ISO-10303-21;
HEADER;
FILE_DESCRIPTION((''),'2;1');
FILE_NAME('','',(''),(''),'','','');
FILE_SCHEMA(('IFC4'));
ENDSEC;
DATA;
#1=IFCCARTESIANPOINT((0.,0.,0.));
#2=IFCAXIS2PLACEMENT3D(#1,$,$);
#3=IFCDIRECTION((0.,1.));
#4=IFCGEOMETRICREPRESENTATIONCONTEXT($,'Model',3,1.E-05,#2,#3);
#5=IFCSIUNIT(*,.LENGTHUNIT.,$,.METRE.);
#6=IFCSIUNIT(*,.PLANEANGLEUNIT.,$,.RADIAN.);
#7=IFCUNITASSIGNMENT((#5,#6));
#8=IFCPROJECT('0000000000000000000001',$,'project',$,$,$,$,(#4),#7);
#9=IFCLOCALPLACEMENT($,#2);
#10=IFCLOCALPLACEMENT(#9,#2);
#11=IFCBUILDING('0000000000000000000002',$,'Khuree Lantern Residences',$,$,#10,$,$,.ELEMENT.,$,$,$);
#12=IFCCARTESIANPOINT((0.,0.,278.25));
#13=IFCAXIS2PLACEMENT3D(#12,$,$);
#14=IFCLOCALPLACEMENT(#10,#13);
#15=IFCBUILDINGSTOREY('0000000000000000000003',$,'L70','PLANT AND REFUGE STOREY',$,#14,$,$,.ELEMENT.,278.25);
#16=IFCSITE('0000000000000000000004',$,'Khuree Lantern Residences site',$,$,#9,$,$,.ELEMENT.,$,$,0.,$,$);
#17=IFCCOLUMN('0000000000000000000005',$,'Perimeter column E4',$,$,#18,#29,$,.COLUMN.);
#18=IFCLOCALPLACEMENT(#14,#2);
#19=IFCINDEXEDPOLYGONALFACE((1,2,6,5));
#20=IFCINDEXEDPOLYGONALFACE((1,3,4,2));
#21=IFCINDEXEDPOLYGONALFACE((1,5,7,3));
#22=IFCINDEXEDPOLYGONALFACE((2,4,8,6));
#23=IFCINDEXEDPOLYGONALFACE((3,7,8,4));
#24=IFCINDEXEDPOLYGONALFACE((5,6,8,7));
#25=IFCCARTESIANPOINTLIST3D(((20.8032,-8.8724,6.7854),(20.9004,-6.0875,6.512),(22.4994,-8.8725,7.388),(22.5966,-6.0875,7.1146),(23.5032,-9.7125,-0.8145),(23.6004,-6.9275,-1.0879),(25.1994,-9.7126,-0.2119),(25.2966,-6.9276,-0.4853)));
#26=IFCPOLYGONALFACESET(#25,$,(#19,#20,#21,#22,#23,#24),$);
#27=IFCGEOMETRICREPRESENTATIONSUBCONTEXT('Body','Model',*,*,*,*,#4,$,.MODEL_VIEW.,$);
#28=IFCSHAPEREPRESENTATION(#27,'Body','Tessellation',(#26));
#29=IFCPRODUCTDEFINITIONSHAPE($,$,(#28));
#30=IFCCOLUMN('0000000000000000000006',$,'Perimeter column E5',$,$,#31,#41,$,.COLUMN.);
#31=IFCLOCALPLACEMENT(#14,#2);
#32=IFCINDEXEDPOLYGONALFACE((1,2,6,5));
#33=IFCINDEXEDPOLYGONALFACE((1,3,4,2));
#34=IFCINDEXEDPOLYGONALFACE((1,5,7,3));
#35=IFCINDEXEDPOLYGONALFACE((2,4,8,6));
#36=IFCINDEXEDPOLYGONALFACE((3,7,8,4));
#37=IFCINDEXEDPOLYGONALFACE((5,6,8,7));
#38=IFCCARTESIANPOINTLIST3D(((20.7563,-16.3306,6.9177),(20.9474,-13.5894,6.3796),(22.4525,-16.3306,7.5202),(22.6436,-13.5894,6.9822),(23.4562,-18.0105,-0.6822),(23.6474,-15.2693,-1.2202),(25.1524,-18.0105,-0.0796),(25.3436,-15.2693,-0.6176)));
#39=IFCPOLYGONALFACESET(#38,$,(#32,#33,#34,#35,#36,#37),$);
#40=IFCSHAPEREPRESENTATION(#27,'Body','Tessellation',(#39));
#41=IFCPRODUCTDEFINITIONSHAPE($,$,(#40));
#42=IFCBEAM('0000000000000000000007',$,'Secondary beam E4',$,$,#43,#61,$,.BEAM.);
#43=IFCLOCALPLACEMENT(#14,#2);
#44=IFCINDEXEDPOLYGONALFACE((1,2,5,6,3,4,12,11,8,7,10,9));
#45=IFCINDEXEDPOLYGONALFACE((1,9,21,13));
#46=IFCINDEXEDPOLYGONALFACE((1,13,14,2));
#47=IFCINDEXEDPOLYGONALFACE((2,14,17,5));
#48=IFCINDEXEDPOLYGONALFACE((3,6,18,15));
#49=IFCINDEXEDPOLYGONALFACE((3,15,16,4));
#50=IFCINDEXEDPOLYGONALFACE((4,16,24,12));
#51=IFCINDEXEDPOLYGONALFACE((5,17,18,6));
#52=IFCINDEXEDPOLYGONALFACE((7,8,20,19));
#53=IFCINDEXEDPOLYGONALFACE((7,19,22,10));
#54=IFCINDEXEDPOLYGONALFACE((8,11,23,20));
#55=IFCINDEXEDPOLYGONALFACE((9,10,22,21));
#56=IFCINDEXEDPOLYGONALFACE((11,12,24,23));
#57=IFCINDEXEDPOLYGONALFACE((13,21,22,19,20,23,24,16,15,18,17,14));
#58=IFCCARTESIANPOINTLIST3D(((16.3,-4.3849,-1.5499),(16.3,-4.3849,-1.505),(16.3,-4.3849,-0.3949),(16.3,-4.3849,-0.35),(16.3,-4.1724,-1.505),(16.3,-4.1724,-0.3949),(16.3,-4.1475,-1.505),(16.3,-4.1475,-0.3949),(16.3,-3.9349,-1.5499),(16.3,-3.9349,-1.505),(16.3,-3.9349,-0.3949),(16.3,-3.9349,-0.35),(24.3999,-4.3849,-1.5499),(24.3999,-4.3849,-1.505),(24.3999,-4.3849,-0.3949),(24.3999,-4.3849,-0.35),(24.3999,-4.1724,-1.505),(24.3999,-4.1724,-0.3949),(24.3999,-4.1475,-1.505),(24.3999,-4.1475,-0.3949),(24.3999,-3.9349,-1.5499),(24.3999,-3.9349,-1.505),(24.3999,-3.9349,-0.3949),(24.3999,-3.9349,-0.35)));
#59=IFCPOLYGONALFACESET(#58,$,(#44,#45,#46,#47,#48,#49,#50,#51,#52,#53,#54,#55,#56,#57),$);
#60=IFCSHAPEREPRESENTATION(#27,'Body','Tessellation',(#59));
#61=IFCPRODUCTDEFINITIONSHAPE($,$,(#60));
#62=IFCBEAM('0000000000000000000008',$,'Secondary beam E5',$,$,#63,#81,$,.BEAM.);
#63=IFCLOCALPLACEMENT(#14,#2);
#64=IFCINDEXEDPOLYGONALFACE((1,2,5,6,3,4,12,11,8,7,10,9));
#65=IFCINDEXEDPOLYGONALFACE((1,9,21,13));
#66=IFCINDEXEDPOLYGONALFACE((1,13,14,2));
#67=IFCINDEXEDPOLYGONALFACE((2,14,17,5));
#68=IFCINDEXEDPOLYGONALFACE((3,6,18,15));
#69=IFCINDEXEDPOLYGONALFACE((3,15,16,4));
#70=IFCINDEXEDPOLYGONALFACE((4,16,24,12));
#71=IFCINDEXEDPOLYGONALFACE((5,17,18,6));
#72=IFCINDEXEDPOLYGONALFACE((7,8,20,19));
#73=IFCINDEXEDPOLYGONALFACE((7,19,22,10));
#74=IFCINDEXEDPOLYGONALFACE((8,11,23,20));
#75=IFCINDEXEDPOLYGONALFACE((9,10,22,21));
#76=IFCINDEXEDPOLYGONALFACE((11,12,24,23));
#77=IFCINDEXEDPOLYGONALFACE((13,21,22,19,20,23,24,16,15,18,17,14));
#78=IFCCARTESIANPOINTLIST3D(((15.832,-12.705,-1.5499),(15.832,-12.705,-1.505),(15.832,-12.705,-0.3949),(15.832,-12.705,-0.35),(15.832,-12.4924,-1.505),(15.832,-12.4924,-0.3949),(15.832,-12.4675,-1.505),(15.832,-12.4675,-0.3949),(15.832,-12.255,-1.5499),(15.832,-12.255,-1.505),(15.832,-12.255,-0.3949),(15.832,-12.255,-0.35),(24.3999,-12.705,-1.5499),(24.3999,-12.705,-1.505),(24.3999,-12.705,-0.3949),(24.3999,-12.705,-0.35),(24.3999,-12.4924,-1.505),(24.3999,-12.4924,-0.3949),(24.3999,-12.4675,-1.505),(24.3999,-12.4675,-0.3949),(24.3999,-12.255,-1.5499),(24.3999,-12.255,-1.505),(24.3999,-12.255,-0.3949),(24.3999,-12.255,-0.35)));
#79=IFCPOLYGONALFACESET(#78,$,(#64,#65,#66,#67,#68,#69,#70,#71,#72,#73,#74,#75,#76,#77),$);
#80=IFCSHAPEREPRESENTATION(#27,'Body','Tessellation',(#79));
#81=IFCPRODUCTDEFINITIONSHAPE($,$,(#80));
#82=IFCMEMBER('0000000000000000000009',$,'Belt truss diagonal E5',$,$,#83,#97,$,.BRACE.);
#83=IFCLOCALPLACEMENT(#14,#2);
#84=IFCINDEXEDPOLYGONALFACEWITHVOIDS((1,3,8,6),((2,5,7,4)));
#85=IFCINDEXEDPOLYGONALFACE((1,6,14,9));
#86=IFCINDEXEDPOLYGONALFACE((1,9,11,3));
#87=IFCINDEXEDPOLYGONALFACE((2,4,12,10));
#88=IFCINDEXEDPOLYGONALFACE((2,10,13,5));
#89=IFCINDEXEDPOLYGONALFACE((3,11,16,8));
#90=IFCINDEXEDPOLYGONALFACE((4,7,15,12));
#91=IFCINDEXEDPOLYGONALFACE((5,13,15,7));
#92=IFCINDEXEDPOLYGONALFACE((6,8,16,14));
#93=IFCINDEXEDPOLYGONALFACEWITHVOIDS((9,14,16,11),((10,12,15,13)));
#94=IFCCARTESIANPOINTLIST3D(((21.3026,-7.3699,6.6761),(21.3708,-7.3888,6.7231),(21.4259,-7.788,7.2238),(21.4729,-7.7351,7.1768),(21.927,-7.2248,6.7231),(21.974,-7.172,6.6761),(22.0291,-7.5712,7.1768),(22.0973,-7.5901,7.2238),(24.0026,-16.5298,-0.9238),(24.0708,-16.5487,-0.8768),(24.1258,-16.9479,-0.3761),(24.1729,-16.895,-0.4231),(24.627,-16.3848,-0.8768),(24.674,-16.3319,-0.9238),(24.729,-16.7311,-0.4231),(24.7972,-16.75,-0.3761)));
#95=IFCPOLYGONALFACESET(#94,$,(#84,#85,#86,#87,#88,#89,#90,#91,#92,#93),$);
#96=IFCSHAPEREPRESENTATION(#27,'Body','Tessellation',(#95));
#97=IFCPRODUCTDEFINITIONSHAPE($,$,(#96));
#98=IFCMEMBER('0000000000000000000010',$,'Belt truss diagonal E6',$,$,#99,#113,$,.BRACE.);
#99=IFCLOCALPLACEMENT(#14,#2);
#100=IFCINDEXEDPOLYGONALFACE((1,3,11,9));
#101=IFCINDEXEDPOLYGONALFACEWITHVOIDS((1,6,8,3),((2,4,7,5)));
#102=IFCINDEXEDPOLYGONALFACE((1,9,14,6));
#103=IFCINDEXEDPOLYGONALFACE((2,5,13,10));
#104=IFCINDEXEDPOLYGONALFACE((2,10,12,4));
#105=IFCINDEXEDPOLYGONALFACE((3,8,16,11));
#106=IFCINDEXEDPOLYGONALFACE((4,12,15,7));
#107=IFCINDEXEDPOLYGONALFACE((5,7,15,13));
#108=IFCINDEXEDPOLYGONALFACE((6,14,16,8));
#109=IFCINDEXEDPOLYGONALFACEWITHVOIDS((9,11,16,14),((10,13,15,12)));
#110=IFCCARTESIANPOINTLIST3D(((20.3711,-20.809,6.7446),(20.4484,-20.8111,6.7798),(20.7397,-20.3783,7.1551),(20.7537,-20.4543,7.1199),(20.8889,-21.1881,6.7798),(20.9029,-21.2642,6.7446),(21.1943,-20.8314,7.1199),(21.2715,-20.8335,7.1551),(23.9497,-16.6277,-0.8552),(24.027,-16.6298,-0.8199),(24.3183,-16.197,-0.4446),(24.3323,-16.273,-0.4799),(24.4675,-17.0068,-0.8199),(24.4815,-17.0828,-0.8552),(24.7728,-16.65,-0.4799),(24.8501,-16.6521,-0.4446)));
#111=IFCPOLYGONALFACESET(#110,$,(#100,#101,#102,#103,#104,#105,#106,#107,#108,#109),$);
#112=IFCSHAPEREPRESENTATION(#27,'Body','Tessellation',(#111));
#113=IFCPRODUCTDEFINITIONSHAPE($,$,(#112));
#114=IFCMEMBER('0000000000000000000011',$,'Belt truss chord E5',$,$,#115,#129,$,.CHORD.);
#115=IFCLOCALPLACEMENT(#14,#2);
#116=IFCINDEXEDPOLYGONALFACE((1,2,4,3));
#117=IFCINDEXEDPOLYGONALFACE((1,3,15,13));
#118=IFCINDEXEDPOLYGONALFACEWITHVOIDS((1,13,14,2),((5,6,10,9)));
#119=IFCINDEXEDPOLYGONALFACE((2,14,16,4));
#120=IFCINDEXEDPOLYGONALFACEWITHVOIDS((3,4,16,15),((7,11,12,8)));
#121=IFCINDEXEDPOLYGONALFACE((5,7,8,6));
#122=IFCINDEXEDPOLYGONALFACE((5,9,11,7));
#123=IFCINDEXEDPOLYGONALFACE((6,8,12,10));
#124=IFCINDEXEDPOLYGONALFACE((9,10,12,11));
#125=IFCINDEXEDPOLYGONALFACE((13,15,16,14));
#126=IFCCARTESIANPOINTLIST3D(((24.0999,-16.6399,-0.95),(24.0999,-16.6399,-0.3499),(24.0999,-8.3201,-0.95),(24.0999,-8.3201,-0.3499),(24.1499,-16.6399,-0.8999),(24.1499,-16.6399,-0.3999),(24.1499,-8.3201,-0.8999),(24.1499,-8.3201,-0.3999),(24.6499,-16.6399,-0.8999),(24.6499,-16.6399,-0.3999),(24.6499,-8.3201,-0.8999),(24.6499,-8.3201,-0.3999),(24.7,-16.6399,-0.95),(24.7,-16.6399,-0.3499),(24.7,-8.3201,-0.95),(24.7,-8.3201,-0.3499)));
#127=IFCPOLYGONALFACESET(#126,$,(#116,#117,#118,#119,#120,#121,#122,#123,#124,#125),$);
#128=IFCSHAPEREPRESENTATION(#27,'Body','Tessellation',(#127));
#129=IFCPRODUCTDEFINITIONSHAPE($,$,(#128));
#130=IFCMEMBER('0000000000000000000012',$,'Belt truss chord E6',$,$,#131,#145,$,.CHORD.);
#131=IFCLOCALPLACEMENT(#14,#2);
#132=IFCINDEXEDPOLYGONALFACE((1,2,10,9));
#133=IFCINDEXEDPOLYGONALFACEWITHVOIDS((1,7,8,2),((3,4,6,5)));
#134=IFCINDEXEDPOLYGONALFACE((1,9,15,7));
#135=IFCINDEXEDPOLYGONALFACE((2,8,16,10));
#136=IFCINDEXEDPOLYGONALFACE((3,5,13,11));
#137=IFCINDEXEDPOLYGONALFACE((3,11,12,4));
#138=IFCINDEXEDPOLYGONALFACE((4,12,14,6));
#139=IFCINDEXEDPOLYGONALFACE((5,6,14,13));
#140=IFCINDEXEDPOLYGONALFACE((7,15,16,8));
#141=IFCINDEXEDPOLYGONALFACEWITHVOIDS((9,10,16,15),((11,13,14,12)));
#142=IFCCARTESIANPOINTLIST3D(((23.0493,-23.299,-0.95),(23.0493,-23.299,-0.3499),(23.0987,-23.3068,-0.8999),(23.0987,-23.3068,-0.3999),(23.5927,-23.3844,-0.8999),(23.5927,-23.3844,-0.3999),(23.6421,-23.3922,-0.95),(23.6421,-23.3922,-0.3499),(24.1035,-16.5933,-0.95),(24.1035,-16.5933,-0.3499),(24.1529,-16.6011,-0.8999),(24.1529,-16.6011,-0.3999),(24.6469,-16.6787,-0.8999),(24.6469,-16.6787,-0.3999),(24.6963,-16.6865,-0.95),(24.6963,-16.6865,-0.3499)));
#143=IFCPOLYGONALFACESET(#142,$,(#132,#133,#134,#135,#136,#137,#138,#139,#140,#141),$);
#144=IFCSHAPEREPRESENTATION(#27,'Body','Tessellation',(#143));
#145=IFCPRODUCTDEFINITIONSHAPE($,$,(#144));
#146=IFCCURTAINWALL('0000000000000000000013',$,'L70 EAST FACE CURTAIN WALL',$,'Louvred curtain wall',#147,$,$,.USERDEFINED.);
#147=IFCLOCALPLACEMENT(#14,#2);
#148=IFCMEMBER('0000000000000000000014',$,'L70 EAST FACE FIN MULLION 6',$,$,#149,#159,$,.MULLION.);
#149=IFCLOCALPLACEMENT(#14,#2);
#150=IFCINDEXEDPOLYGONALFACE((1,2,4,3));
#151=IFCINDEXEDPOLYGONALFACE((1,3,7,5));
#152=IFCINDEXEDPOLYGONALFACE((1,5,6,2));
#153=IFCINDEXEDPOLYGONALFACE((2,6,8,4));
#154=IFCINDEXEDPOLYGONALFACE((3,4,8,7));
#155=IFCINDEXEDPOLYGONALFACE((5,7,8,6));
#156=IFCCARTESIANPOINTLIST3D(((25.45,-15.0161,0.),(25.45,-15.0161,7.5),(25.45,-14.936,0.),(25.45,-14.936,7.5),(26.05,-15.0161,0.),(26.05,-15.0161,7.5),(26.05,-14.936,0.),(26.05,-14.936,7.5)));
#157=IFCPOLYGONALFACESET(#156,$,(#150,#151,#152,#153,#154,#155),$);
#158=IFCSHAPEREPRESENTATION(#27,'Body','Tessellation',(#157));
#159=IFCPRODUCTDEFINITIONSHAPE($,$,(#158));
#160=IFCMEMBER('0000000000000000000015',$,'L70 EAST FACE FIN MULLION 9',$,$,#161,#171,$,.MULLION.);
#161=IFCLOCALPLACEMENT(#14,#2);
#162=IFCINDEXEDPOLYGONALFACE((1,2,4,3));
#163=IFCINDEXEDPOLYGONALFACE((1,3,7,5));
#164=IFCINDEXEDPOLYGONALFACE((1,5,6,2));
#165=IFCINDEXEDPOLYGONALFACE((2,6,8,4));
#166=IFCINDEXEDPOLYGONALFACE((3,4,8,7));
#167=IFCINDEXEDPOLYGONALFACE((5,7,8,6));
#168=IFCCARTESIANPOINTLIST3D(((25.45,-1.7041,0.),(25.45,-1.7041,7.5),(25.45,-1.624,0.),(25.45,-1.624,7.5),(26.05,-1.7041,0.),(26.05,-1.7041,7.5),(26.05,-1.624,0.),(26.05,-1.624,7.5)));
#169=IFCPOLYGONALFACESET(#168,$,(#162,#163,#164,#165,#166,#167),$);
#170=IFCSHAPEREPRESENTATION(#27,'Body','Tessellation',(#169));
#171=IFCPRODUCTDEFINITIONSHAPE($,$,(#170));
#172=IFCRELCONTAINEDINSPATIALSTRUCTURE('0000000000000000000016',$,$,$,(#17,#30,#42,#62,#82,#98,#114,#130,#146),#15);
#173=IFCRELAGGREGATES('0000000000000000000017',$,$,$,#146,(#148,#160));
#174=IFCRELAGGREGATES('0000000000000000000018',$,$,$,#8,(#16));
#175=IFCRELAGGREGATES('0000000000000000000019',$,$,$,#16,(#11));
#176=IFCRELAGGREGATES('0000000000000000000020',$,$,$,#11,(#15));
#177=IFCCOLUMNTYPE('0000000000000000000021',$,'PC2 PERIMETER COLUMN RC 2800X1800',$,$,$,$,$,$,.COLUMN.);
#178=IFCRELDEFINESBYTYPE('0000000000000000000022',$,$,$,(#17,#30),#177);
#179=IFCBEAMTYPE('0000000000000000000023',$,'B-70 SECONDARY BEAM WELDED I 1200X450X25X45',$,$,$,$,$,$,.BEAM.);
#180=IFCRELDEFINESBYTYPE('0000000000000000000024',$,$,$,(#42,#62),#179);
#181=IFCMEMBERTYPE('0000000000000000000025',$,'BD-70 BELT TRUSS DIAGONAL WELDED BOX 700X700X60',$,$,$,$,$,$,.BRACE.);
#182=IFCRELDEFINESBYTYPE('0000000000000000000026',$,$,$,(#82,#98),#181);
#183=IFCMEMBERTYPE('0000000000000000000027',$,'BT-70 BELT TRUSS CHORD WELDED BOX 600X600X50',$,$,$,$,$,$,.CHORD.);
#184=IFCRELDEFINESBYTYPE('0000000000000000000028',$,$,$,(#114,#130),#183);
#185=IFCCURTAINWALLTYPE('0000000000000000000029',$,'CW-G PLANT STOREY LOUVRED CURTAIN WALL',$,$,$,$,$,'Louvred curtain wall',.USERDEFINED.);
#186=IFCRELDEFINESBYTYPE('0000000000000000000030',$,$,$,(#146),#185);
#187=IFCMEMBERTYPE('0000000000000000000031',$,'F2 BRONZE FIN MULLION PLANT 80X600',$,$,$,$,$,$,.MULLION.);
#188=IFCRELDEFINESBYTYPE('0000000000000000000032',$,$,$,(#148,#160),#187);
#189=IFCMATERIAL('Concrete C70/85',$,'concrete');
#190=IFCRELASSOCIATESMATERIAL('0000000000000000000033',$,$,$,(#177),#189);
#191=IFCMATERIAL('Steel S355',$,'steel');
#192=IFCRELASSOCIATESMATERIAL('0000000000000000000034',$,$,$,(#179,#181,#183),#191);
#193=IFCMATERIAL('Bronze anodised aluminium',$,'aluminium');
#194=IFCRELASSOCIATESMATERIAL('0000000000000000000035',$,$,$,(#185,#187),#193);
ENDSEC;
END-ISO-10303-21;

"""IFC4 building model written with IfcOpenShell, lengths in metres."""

from ifc_helpers import new_model, si_unit, direction, frame, origin, origin_2d, place, context, subcontext, project, spatial, rectangle, hollow_rectangle, i_section, extrude, material, material_profile, profile_set, type_object, element, aggregate, save


model = new_model("IFC4")

# Units and contexts
model_context = context("Model", 3, precision=1e-05, world=origin(), true_north=direction((0.0, 1.0)))
body_context = subcontext(model_context, "Body", "Model", "MODEL_VIEW")
ifc_project = project(units=[si_unit("LENGTHUNIT", "METRE"), si_unit("PLANEANGLEUNIT", "RADIAN")], contexts=[model_context])

# Site, building, storey
site_placement = place(None, origin())
site = spatial("IfcSite", under=ifc_project, at=site_placement, Name="Khuree Lantern Residences site", CompositionType="ELEMENT", RefElevation=0.0)
building_placement = place(site_placement, origin())
building = spatial("IfcBuilding", under=site, at=building_placement, Name="Khuree Lantern Residences", CompositionType="ELEMENT")
storey_placement = place(building_placement, frame((0.0, 0.0, 278.25)))
storey = spatial("IfcBuildingStorey", under=building, at=storey_placement, Name="L70", Description="PLANT AND REFUGE STOREY", CompositionType="ELEMENT", Elevation=278.25)

# Columns
ifc_material_1 = material(Name="Concrete C70/85", Category="concrete")
ifc_material_profile_1 = material_profile(ifc_material_1, rectangle(XDim=2.8, YDim=1.8, at=origin_2d()), Name="RC 2800X1800")
ifc_profile_set_1 = profile_set([ifc_material_profile_1], Name="Concrete C70/85")
column_type = type_object("IfcColumnType", Name="PC2 PERIMETER COLUMN RC 2800X1800", PredefinedType="COLUMN", material=ifc_profile_set_1)
column_1_placement = place(storey_placement, frame((24.3999, -8.3201, -0.6499), z_axis=(-0.332964, 0.103602, 0.937231), x_axis=(0.034713, 0.994619, -0.097613)))
element("IfcColumn", 1, at=column_1_placement, inside=storey, type_object=column_type, Name="Perimeter column E4", PredefinedType="COLUMN", context=body_context, shape_type="SweptSolid", body=[
    extrude(rectangle(XDim=2.8, YDim=1.8, at=origin_2d()), origin(), (0.0, 0.0, 1.0), 8.1089),
])
column_2_placement = place(storey_placement, frame((24.3999, -16.6399, -0.6499), z_axis=(-0.327731, 0.203917, 0.922502), x_axis=(0.068256, 0.978988, -0.192155)))
element("IfcColumn", 2, at=column_2_placement, inside=storey, type_object=column_type, Name="Perimeter column E5", PredefinedType="COLUMN", context=body_context, shape_type="SweptSolid", body=[
    extrude(rectangle(XDim=2.8, YDim=1.8, at=origin_2d()), origin(), (0.0, 0.0, 1.0), 8.2383),
])

# Beams
ifc_material_2 = material(Name="Steel S355", Category="steel")
ifc_material_profile_2 = material_profile(ifc_material_2, i_section(OverallWidth=0.45, OverallDepth=1.2, WebThickness=0.0249, FlangeThickness=0.0449, at=origin_2d()), Name="WELDED I 1200X450X25X45")
ifc_profile_set_2 = profile_set([ifc_material_profile_2], Name="Steel S355")
beam_type_1 = type_object("IfcBeamType", Name="B-70 SECONDARY BEAM WELDED I 1200X450X25X45", PredefinedType="BEAM", material=ifc_profile_set_2)
beam_1_placement = place(storey_placement, frame((24.3999, -4.1599, -0.95), z_axis=(-1.0, 0.0, 0.0), x_axis=(0.0, -1.0, 0.0)))
element("IfcBeam", 3, at=beam_1_placement, inside=storey, type_object=beam_type_1, Name="Secondary beam E4", PredefinedType="BEAM", context=body_context, shape_type="SweptSolid", body=[
    extrude(i_section(OverallWidth=0.45, OverallDepth=1.2, WebThickness=0.0249, FlangeThickness=0.0449, at=origin_2d()), origin(), (0.0, 0.0, 1.0), 8.0999),
])
beam_2_placement = place(storey_placement, frame((24.3999, -12.48, -0.95), z_axis=(-1.0, 0.0, 0.0), x_axis=(0.0, -1.0, 0.0)))
element("IfcBeam", 4, at=beam_2_placement, inside=storey, type_object=beam_type_1, Name="Secondary beam E5", PredefinedType="BEAM", context=body_context, shape_type="SweptSolid", body=[
    extrude(i_section(OverallWidth=0.45, OverallDepth=1.2, WebThickness=0.0249, FlangeThickness=0.0449, at=origin_2d()), origin(), (0.0, 0.0, 1.0), 8.5679),
])

# Members
ifc_material_profile_3 = material_profile(ifc_material_2, hollow_rectangle(XDim=0.7, YDim=0.7, WallThickness=0.0601, at=origin_2d()), Name="WELDED BOX 700X700X60")
ifc_profile_set_3 = profile_set([ifc_material_profile_3], Name="Steel S355")
member_type_1 = type_object("IfcMemberType", Name="BD-70 BELT TRUSS DIAGONAL WELDED BOX 700X700X60", PredefinedType="BRACE", material=ifc_profile_set_3)
member_1_placement = place(storey_placement, frame((21.7, -7.48, 6.95), z_axis=(0.221225, -0.750531, -0.622706), x_axis=(0.959199, 0.282731, 0.0)))
element("IfcMember", 5, at=member_1_placement, inside=storey, type_object=member_type_1, Name="Belt truss diagonal E5", PredefinedType="BRACE", context=body_context, shape_type="SweptSolid", body=[
    extrude(hollow_rectangle(XDim=0.7, YDim=0.7, WallThickness=0.0601, at=origin_2d()), origin(), (0.0, 0.0, 1.0), 12.2046),
])
member_2_placement = place(storey_placement, frame((24.3999, -16.6399, -0.6499), z_axis=(-0.381377, -0.445616, 0.809925), x_axis=(0.759745, -0.650221, 0.0)))
element("IfcMember", 6, at=member_2_placement, inside=storey, type_object=member_type_1, Name="Belt truss diagonal E6", PredefinedType="BRACE", context=body_context, shape_type="SweptSolid", body=[
    extrude(hollow_rectangle(XDim=0.7, YDim=0.7, WallThickness=0.0601, at=origin_2d()), origin(), (0.0, 0.0, 1.0), 9.3833),
])
ifc_material_profile_4 = material_profile(ifc_material_2, hollow_rectangle(XDim=0.6001, YDim=0.6001, WallThickness=0.05, at=origin_2d()), Name="WELDED BOX 600X600X50")
ifc_profile_set_4 = profile_set([ifc_material_profile_4], Name="Steel S355")
member_type_2 = type_object("IfcMemberType", Name="BT-70 BELT TRUSS CHORD WELDED BOX 600X600X50", PredefinedType="CHORD", material=ifc_profile_set_4)
member_3_placement = place(storey_placement, frame((24.3999, -8.3201, -0.6499), z_axis=(0.0, -1.0, 0.0), x_axis=(1.0, 0.0, 0.0)))
element("IfcMember", 7, at=member_3_placement, inside=storey, type_object=member_type_2, Name="Belt truss chord E5", PredefinedType="CHORD", context=body_context, shape_type="SweptSolid", body=[
    extrude(hollow_rectangle(XDim=0.6001, YDim=0.6001, WallThickness=0.05, at=origin_2d()), origin(), (0.0, 0.0, 1.0), 8.3198),
])
member_4_placement = place(storey_placement, frame((24.3999, -16.6399, -0.6499), z_axis=(-0.1553, -0.987867, 0.0), x_axis=(0.987867, -0.1553, 0.0)))
element("IfcMember", 8, at=member_4_placement, inside=storey, type_object=member_type_2, Name="Belt truss chord E6", PredefinedType="CHORD", context=body_context, shape_type="SweptSolid", body=[
    extrude(hollow_rectangle(XDim=0.6001, YDim=0.6001, WallThickness=0.05, at=origin_2d()), origin(), (0.0, 0.0, 1.0), 6.7881),
])

# Curtain wall, members
ifc_material_3 = material(Name="Bronze anodised aluminium", Category="aluminium")
curtain_wall_type = type_object("IfcCurtainWallType", Name="CW-G PLANT STOREY LOUVRED CURTAIN WALL", ElementType="Louvred curtain wall", PredefinedType="USERDEFINED", material=ifc_material_3)
curtain_wall_placement = place(storey_placement, origin())
curtain_wall = element("IfcCurtainWall", 9, at=curtain_wall_placement, inside=storey, type_object=curtain_wall_type, Name="L70 EAST FACE CURTAIN WALL", ObjectType="Louvred curtain wall", PredefinedType="USERDEFINED")
ifc_material_profile_5 = material_profile(ifc_material_3, rectangle(XDim=0.0801, YDim=0.6001, at=origin_2d()), Name="F2 80X600")
ifc_profile_set_5 = profile_set([ifc_material_profile_5], Name="Bronze anodised aluminium")
member_type_3 = type_object("IfcMemberType", Name="F2 BRONZE FIN MULLION PLANT 80X600", PredefinedType="MULLION", material=ifc_profile_set_5)
member_5_placement = place(storey_placement, frame((25.75, -14.9761, 0.0), z_axis=(0.0, 0.0, 1.0), x_axis=(0.0, 1.0, 0.0)))
member_5 = element("IfcMember", 10, at=member_5_placement, type_object=member_type_3, Name="L70 EAST FACE FIN MULLION 6", PredefinedType="MULLION", context=body_context, shape_type="SweptSolid", body=[
    extrude(rectangle(XDim=0.0801, YDim=0.6001, at=origin_2d()), origin(), (0.0, 0.0, 1.0), 7.5),
])
member_6_placement = place(storey_placement, frame((25.75, -1.6641, 0.0), z_axis=(0.0, 0.0, 1.0), x_axis=(0.0, 1.0, 0.0)))
member_6 = element("IfcMember", 11, at=member_6_placement, type_object=member_type_3, Name="L70 EAST FACE FIN MULLION 9", PredefinedType="MULLION", context=body_context, shape_type="SweptSolid", body=[
    extrude(rectangle(XDim=0.0801, YDim=0.6001, at=origin_2d()), origin(), (0.0, 0.0, 1.0), 7.5),
])

aggregate(curtain_wall, [member_5, member_6])

save(model, "model.ifc")
